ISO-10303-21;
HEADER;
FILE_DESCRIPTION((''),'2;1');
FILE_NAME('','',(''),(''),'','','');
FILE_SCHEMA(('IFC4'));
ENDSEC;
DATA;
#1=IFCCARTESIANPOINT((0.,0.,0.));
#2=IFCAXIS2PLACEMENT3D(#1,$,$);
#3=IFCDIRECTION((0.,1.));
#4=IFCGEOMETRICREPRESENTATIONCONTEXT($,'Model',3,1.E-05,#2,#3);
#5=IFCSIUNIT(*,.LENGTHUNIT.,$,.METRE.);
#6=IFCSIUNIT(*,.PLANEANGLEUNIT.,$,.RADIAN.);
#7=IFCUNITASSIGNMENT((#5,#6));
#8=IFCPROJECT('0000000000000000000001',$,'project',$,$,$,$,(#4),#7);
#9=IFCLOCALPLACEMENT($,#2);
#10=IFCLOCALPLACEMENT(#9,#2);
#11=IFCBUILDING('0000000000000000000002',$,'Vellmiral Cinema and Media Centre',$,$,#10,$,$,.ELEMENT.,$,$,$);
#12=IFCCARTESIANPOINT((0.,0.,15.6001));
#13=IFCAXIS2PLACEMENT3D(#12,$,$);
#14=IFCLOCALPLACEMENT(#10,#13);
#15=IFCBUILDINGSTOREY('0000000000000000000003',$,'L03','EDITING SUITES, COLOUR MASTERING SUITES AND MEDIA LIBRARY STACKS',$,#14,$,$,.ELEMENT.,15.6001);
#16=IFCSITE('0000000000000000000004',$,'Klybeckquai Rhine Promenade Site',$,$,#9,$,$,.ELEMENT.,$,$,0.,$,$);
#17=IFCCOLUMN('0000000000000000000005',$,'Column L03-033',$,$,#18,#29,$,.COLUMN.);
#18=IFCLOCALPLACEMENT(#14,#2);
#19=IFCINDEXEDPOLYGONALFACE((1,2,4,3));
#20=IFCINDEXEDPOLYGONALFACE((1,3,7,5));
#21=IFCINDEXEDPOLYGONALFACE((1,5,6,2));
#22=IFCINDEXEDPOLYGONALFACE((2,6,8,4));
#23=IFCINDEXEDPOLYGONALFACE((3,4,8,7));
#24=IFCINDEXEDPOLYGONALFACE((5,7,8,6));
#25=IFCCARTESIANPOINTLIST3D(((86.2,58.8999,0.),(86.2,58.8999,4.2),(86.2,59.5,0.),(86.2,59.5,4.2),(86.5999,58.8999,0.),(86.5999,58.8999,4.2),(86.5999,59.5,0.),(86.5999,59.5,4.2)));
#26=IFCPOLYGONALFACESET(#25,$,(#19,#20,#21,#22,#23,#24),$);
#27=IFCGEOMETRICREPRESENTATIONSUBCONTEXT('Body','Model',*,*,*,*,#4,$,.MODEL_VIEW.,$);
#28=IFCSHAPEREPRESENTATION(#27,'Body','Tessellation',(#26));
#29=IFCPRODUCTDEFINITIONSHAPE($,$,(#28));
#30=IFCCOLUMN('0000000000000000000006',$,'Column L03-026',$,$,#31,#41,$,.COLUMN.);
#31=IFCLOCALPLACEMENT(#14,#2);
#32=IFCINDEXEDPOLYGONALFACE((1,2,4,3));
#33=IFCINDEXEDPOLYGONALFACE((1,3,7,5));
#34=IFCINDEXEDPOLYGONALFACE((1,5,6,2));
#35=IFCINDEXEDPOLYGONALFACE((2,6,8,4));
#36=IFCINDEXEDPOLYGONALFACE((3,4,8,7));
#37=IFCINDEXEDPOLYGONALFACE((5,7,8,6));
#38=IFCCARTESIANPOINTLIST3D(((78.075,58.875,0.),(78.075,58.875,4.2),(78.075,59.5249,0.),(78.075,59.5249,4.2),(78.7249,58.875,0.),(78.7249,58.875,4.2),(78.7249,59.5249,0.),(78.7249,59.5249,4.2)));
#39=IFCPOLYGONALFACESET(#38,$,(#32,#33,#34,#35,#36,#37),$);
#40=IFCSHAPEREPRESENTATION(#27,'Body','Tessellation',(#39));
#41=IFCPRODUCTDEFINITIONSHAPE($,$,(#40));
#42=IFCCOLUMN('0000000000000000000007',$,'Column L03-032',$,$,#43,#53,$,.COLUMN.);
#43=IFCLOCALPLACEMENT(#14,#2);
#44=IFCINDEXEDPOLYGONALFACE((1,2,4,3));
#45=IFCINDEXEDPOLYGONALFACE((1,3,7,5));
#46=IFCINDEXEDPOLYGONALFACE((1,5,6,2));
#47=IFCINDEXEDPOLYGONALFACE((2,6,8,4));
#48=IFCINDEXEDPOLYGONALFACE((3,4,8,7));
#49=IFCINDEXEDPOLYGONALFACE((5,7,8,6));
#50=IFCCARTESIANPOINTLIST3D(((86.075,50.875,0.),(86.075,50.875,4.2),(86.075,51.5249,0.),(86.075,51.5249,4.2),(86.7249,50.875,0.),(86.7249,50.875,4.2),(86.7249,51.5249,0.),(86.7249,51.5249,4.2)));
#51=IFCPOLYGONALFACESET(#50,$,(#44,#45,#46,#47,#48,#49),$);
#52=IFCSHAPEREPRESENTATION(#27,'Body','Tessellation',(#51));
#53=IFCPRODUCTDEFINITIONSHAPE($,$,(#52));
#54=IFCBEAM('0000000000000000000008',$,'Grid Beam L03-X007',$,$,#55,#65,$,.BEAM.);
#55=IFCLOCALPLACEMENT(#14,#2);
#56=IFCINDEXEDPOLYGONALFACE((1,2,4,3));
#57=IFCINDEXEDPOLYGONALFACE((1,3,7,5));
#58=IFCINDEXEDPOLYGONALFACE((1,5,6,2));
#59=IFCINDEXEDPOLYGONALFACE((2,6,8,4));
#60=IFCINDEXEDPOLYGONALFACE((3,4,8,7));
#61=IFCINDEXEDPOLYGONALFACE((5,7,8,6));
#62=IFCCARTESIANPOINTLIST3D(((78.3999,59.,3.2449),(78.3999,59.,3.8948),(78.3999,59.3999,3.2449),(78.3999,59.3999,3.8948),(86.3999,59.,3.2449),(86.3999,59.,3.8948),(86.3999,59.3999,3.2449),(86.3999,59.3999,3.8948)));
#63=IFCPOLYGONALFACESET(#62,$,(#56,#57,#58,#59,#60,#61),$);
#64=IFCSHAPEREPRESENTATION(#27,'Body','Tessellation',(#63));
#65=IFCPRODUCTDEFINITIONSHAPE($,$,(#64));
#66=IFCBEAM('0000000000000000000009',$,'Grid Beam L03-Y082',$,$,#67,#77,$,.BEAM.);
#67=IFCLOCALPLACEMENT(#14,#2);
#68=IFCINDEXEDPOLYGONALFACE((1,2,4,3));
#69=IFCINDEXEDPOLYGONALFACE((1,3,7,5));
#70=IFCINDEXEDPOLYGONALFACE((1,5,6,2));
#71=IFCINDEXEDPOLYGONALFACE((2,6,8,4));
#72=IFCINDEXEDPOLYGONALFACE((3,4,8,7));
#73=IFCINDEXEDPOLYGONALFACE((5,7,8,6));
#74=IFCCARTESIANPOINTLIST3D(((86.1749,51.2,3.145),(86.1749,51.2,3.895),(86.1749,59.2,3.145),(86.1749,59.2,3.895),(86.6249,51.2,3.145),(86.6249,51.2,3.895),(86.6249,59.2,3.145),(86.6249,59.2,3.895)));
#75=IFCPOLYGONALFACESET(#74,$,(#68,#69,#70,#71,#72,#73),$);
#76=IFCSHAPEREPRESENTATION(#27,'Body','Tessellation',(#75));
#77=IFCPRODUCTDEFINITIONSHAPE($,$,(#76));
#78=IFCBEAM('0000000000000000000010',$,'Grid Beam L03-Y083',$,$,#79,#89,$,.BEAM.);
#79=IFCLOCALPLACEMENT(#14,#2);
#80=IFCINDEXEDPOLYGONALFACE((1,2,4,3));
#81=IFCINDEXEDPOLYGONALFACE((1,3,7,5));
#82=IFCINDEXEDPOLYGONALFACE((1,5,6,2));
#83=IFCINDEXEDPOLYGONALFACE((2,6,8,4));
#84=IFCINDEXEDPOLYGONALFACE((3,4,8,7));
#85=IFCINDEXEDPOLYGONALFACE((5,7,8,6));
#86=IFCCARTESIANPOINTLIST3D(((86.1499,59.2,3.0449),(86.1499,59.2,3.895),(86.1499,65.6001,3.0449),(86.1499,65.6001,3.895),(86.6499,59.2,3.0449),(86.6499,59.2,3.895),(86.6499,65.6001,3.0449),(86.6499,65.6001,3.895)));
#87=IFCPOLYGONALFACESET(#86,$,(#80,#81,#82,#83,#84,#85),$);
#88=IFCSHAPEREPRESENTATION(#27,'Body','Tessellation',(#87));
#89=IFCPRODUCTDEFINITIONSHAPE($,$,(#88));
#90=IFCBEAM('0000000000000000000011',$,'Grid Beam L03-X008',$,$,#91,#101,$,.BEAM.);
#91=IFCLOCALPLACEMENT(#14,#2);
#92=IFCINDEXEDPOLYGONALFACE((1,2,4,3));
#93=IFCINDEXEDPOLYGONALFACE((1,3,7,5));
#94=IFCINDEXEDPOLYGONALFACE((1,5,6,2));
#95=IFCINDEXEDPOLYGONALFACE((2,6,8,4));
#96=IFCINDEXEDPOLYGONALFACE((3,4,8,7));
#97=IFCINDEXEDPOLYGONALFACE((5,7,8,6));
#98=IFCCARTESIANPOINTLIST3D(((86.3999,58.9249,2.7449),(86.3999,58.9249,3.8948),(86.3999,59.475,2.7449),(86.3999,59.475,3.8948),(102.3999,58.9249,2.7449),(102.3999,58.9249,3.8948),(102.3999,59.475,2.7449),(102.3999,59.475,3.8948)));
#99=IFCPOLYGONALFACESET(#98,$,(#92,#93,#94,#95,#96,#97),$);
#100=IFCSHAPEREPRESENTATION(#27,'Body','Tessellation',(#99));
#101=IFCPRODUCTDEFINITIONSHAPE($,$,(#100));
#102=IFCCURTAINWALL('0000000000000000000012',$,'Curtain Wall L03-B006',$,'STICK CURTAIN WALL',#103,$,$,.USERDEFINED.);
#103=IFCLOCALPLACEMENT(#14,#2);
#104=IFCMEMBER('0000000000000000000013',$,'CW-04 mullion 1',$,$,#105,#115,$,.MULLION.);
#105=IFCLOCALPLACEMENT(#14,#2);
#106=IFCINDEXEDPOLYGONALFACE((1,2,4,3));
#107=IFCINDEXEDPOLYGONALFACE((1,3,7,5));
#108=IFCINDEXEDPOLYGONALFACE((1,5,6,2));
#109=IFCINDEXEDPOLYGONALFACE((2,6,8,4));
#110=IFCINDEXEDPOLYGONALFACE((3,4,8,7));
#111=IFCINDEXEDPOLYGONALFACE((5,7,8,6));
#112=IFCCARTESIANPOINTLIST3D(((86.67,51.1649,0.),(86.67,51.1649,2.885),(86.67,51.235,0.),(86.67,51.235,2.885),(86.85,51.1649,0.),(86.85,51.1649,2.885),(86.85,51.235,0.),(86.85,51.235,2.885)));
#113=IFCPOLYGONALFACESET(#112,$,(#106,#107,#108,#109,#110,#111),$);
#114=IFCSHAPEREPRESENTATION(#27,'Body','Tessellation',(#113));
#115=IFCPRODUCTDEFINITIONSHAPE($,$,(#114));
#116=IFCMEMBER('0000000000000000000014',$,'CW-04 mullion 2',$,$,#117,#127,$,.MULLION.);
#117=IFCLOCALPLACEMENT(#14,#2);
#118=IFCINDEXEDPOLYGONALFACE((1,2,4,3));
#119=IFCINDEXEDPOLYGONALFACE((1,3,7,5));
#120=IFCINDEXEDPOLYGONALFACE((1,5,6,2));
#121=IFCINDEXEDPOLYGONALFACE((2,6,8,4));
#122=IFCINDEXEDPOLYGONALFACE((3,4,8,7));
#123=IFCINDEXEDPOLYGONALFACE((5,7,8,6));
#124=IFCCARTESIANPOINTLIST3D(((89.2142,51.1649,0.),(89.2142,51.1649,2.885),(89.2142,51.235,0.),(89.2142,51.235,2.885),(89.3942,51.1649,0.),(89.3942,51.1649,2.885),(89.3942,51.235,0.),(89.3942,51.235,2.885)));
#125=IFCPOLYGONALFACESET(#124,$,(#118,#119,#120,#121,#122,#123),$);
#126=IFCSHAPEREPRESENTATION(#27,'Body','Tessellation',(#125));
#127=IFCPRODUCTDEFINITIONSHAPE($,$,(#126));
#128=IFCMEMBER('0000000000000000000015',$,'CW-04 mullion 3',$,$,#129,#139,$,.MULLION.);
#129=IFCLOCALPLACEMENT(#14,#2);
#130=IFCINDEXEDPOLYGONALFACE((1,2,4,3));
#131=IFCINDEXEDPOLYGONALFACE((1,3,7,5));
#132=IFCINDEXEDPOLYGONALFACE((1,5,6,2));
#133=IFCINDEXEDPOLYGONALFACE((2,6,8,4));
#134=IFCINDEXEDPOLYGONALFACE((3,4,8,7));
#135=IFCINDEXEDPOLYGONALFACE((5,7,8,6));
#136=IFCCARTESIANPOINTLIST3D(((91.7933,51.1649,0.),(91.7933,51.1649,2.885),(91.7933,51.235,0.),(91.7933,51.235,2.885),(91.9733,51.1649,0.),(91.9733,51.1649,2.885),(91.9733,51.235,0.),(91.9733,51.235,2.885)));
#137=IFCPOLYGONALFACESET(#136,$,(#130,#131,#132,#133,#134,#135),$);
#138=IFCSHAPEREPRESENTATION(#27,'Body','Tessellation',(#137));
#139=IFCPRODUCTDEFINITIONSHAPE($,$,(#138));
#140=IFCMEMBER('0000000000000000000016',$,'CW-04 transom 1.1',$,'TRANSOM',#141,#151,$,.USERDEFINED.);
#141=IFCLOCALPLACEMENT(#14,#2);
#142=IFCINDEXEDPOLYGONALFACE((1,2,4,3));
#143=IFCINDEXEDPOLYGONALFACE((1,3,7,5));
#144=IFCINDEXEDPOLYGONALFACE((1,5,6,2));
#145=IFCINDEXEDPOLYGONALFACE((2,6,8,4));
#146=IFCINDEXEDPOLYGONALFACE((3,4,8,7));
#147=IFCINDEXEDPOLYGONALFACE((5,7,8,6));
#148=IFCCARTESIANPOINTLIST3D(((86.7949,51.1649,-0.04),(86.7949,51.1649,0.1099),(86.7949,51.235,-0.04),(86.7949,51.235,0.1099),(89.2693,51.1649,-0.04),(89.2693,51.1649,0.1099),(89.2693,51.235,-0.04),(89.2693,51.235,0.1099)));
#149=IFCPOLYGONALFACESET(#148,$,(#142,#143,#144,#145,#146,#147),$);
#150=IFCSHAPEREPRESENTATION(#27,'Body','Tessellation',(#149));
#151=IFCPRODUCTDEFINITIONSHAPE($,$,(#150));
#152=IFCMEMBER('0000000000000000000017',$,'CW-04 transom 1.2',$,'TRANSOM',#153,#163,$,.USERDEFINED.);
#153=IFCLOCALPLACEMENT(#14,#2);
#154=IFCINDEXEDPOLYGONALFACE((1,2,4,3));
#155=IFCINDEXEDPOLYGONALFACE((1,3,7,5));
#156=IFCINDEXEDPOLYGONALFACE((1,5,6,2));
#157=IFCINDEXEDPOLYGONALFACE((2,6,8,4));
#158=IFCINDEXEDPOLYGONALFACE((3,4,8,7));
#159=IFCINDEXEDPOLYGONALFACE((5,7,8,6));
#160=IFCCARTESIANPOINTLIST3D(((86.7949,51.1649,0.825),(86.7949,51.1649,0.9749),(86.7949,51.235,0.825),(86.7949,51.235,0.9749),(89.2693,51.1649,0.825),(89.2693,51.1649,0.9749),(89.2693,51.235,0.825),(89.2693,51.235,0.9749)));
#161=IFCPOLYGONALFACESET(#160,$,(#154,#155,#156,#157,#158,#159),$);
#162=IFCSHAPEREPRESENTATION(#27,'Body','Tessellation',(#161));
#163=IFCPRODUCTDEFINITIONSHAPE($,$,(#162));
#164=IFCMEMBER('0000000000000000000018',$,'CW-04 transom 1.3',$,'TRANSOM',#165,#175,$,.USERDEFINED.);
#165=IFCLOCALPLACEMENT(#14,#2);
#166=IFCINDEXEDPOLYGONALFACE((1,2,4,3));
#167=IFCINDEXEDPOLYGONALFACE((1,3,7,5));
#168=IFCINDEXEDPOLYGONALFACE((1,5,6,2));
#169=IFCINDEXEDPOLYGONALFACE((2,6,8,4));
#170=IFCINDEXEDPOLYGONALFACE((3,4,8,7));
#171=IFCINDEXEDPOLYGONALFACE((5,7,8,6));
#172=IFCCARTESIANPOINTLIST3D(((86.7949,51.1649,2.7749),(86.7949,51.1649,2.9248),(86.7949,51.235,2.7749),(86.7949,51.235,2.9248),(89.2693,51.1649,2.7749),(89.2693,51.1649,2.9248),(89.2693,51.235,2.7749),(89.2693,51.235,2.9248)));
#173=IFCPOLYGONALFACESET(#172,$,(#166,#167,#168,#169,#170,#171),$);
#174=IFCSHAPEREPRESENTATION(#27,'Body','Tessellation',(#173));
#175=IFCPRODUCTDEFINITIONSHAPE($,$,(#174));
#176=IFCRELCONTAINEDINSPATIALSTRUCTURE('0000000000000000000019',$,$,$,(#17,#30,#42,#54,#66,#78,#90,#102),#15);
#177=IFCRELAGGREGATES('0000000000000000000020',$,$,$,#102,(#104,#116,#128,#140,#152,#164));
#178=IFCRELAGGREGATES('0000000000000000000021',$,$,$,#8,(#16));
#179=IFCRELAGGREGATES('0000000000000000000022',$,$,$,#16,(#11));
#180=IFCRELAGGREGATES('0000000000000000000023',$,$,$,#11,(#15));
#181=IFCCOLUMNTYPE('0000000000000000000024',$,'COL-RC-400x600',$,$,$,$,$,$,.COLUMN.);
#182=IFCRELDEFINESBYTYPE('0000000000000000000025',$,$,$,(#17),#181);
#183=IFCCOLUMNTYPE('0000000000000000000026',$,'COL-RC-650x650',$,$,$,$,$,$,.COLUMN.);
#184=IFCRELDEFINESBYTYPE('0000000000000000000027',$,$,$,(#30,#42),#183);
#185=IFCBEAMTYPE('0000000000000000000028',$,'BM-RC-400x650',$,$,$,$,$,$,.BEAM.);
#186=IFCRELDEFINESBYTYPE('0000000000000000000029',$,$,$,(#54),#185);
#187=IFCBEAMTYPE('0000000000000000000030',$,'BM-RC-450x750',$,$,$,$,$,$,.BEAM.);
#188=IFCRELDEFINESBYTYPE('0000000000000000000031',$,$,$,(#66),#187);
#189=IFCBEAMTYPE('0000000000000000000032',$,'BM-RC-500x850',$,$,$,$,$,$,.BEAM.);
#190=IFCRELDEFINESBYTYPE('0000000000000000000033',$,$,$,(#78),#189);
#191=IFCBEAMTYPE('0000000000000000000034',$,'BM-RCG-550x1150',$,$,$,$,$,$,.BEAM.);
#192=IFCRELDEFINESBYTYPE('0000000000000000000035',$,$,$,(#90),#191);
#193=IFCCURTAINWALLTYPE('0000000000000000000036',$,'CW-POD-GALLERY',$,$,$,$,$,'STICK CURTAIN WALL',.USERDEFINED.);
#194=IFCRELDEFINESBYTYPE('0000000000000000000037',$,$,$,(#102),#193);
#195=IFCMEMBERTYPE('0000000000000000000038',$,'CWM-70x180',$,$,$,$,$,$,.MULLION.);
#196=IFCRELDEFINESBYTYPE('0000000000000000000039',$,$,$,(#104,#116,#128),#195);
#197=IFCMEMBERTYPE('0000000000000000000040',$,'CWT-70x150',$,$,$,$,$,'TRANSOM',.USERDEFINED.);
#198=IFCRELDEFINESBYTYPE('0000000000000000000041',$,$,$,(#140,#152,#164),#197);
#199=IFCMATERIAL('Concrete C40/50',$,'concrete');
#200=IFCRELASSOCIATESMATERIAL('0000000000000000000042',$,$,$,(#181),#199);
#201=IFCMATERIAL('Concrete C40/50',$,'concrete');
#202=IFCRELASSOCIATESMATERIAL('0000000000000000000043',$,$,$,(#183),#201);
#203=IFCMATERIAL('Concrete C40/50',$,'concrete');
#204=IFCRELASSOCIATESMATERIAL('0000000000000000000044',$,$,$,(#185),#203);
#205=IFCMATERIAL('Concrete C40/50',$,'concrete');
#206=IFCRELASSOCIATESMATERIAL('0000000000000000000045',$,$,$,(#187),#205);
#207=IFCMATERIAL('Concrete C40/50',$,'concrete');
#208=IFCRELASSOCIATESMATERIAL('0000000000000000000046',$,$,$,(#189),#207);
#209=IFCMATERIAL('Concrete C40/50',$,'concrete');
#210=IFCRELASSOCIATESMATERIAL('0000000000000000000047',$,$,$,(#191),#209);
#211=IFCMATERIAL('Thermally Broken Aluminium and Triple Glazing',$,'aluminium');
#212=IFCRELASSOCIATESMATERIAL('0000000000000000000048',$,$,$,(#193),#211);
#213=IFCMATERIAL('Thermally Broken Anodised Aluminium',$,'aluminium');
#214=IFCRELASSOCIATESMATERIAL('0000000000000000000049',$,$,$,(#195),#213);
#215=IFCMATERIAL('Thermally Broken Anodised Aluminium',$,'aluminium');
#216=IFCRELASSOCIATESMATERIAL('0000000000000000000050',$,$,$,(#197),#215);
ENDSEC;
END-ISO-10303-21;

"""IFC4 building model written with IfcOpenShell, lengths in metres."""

from ifc_helpers import new_model, si_unit, direction, frame, origin, origin_2d, place, context, subcontext, project, spatial, rectangle, extrude, material, material_profile, profile_set, type_object, element, aggregate, save


model = new_model("IFC4")

# Units and contexts
model_context = context("Model", 3, precision=1e-05, world=origin(), true_north=direction((0.0, 1.0)))
body_context = subcontext(model_context, "Body", "Model", "MODEL_VIEW")
ifc_project = project(units=[si_unit("LENGTHUNIT", "METRE"), si_unit("PLANEANGLEUNIT", "RADIAN")], contexts=[model_context])

# Site, building, storey
site_placement = place(None, origin())
site = spatial("IfcSite", under=ifc_project, at=site_placement, Name="Klybeckquai Rhine Promenade Site", CompositionType="ELEMENT", RefElevation=0.0)
building_placement = place(site_placement, origin())
building = spatial("IfcBuilding", under=site, at=building_placement, Name="Vellmiral Cinema and Media Centre", CompositionType="ELEMENT")
storey_placement = place(building_placement, frame((0.0, 0.0, 15.6001)))
storey = spatial("IfcBuildingStorey", under=building, at=storey_placement, Name="L03", Description="EDITING SUITES, COLOUR MASTERING SUITES AND MEDIA LIBRARY STACKS", CompositionType="ELEMENT", Elevation=15.6001)

# Columns
ifc_material_1 = material(Name="Concrete C40/50", Category="concrete")
ifc_material_profile_1 = material_profile(ifc_material_1, rectangle(XDim=0.3999, YDim=0.6001, at=origin_2d()), Name="RC 400x600")
ifc_profile_set_1 = profile_set([ifc_material_profile_1], Name="Concrete C40/50")
column_type_1 = type_object("IfcColumnType", Name="COL-RC-400x600", PredefinedType="COLUMN", material=ifc_profile_set_1)
column_placement = place(storey_placement, frame((86.3999, 59.2, 0.0), z_axis=(0.0, 0.0, 1.0), x_axis=(1.0, 0.0, 0.0)))
element("IfcColumn", 1, at=column_placement, inside=storey, type_object=column_type_1, Name="Column L03-033", PredefinedType="COLUMN", context=body_context, shape_type="SweptSolid", body=[
    extrude(rectangle(XDim=0.3999, YDim=0.6001, at=origin_2d()), origin(), (0.0, 0.0, 1.0), 4.2),
])
ifc_material_2 = material(Name="Concrete C40/50", Category="concrete")
ifc_material_profile_2 = material_profile(ifc_material_2, rectangle(XDim=0.6499, YDim=0.6499, at=origin_2d()), Name="RC 650x650")
ifc_profile_set_2 = profile_set([ifc_material_profile_2], Name="Concrete C40/50")
column_type_2 = type_object("IfcColumnType", Name="COL-RC-650x650", PredefinedType="COLUMN", material=ifc_profile_set_2)
for number, where, z_axis, x_axis, name in (
    (2, (78.3999, 59.2, 0.0), (0.0, 0.0, 1.0), (1.0, 0.0, 0.0), "Column L03-026"),
    (3, (86.3999, 51.2, 0.0), (0.0, 0.0, 1.0), (1.0, 0.0, 0.0), "Column L03-032"),
):
    element("IfcColumn", number, at=place(storey_placement, frame(where, z_axis=z_axis, x_axis=x_axis)), inside=storey, type_object=column_type_2, Name=name, PredefinedType="COLUMN", context=body_context, shape_type="SweptSolid", body=[
        extrude(rectangle(XDim=0.6499, YDim=0.6499, at=origin_2d()), origin(), (0.0, 0.0, 1.0), 4.2),
    ])

# Beams
ifc_material_3 = material(Name="Concrete C40/50", Category="concrete")
ifc_material_profile_3 = material_profile(ifc_material_3, rectangle(XDim=0.3999, YDim=0.6499, at=origin_2d()), Name="RC 400x650")
ifc_profile_set_3 = profile_set([ifc_material_profile_3], Name="Concrete C40/50")
beam_type_1 = type_object("IfcBeamType", Name="BM-RC-400x650", PredefinedType="BEAM", material=ifc_profile_set_3)
beam_1_placement = place(storey_placement, frame((78.3999, 59.2, 3.5698), z_axis=(1.0, 0.0, 0.0), x_axis=(0.0, 1.0, 0.0)))
element("IfcBeam", 4, at=beam_1_placement, inside=storey, type_object=beam_type_1, Name="Grid Beam L03-X007", PredefinedType="BEAM", context=body_context, shape_type="SweptSolid", body=[
    extrude(rectangle(XDim=0.3999, YDim=0.6499, at=origin_2d()), origin(), (0.0, 0.0, 1.0), 8.0),
])
ifc_material_4 = material(Name="Concrete C40/50", Category="concrete")
ifc_material_profile_4 = material_profile(ifc_material_4, rectangle(XDim=0.45, YDim=0.75, at=origin_2d()), Name="RC 450x750")
ifc_profile_set_4 = profile_set([ifc_material_profile_4], Name="Concrete C40/50")
beam_type_2 = type_object("IfcBeamType", Name="BM-RC-450x750", PredefinedType="BEAM", material=ifc_profile_set_4)
beam_2_placement = place(storey_placement, frame((86.3999, 51.2, 3.52), z_axis=(0.0, 1.0, 0.0), x_axis=(-1.0, 0.0, 0.0)))
element("IfcBeam", 5, at=beam_2_placement, inside=storey, type_object=beam_type_2, Name="Grid Beam L03-Y082", PredefinedType="BEAM", context=body_context, shape_type="SweptSolid", body=[
    extrude(rectangle(XDim=0.45, YDim=0.75, at=origin_2d()), origin(), (0.0, 0.0, 1.0), 8.0),
])
ifc_material_5 = material(Name="Concrete C40/50", Category="concrete")
ifc_material_profile_5 = material_profile(ifc_material_5, rectangle(XDim=0.5, YDim=0.8501, at=origin_2d()), Name="RC 500x850")
ifc_profile_set_5 = profile_set([ifc_material_profile_5], Name="Concrete C40/50")
beam_type_3 = type_object("IfcBeamType", Name="BM-RC-500x850", PredefinedType="BEAM", material=ifc_profile_set_5)
beam_3_placement = place(storey_placement, frame((86.3999, 59.2, 3.47), z_axis=(0.0, 1.0, 0.0), x_axis=(-1.0, 0.0, 0.0)))
element("IfcBeam", 6, at=beam_3_placement, inside=storey, type_object=beam_type_3, Name="Grid Beam L03-Y083", PredefinedType="BEAM", context=body_context, shape_type="SweptSolid", body=[
    extrude(rectangle(XDim=0.5, YDim=0.8501, at=origin_2d()), origin(), (0.0, 0.0, 1.0), 6.4001),
])
ifc_material_6 = material(Name="Concrete C40/50", Category="concrete")
ifc_material_profile_6 = material_profile(ifc_material_6, rectangle(XDim=0.55, YDim=1.1499, at=origin_2d()), Name="RC 550x1150")
ifc_profile_set_6 = profile_set([ifc_material_profile_6], Name="Concrete C40/50")
beam_type_4 = type_object("IfcBeamType", Name="BM-RCG-550x1150", PredefinedType="BEAM", material=ifc_profile_set_6)
beam_4_placement = place(storey_placement, frame((86.3999, 59.2, 3.3198), z_axis=(1.0, 0.0, 0.0), x_axis=(0.0, 1.0, 0.0)))
element("IfcBeam", 7, at=beam_4_placement, inside=storey, type_object=beam_type_4, Name="Grid Beam L03-X008", PredefinedType="BEAM", context=body_context, shape_type="SweptSolid", body=[
    extrude(rectangle(XDim=0.55, YDim=1.1499, at=origin_2d()), origin(), (0.0, 0.0, 1.0), 16.0),
])

# Curtain wall, members
ifc_material_7 = material(Name="Thermally Broken Aluminium and Triple Glazing", Category="aluminium")
curtain_wall_type = type_object("IfcCurtainWallType", Name="CW-POD-GALLERY", ElementType="STICK CURTAIN WALL", PredefinedType="USERDEFINED", material=ifc_material_7)
curtain_wall_placement = place(storey_placement, origin())
curtain_wall = element("IfcCurtainWall", 8, at=curtain_wall_placement, inside=storey, type_object=curtain_wall_type, Name="Curtain Wall L03-B006", ObjectType="STICK CURTAIN WALL", PredefinedType="USERDEFINED")
ifc_material_8 = material(Name="Thermally Broken Anodised Aluminium", Category="aluminium")
ifc_material_profile_7 = material_profile(ifc_material_8, rectangle(XDim=0.0701, YDim=0.1799, at=origin_2d()), Name="MULL 70x180")
ifc_profile_set_7 = profile_set([ifc_material_profile_7], Name="Thermally Broken Anodised Aluminium")
member_type_1 = type_object("IfcMemberType", Name="CWM-70x180", PredefinedType="MULLION", material=ifc_profile_set_7)
member_1_placement = place(storey_placement, frame((86.76, 51.2, 0.0), z_axis=(0.0, 0.0, 1.0), x_axis=(0.0, 1.0, 0.0)))
member_1 = element("IfcMember", 9, at=member_1_placement, type_object=member_type_1, Name="CW-04 mullion 1", PredefinedType="MULLION", context=body_context, shape_type="SweptSolid", body=[
    extrude(rectangle(XDim=0.0701, YDim=0.1799, at=origin_2d()), origin(), (0.0, 0.0, 1.0), 2.885),
])
member_2_placement = place(storey_placement, frame((89.3042, 51.2, 0.0), z_axis=(0.0, 0.0, 1.0), x_axis=(0.0, 1.0, 0.0)))
member_2 = element("IfcMember", 10, at=member_2_placement, type_object=member_type_1, Name="CW-04 mullion 2", PredefinedType="MULLION", context=body_context, shape_type="SweptSolid", body=[
    extrude(rectangle(XDim=0.0701, YDim=0.1799, at=origin_2d()), origin(), (0.0, 0.0, 1.0), 2.885),
])
member_3_placement = place(storey_placement, frame((91.8833, 51.2, 0.0), z_axis=(0.0, 0.0, 1.0), x_axis=(0.0, 1.0, 0.0)))
member_3 = element("IfcMember", 11, at=member_3_placement, type_object=member_type_1, Name="CW-04 mullion 3", PredefinedType="MULLION", context=body_context, shape_type="SweptSolid", body=[
    extrude(rectangle(XDim=0.0701, YDim=0.1799, at=origin_2d()), origin(), (0.0, 0.0, 1.0), 2.885),
])
ifc_material_9 = material(Name="Thermally Broken Anodised Aluminium", Category="aluminium")
ifc_material_profile_8 = material_profile(ifc_material_9, rectangle(XDim=0.0701, YDim=0.1499, at=origin_2d()), Name="MULL 70x150")
ifc_profile_set_8 = profile_set([ifc_material_profile_8], Name="Thermally Broken Anodised Aluminium")
member_type_2 = type_object("IfcMemberType", Name="CWT-70x150", ElementType="TRANSOM", PredefinedType="USERDEFINED", material=ifc_profile_set_8)
member_4_placement = place(storey_placement, frame((86.7949, 51.2, 0.0349), z_axis=(1.0, 0.0, 0.0), x_axis=(0.0, 1.0, 0.0)))
member_4 = element("IfcMember", 12, at=member_4_placement, type_object=member_type_2, Name="CW-04 transom 1.1", ObjectType="TRANSOM", PredefinedType="USERDEFINED", context=body_context, shape_type="SweptSolid", body=[
    extrude(rectangle(XDim=0.0701, YDim=0.1499, at=origin_2d()), origin(), (0.0, 0.0, 1.0), 2.4744),
])
member_5_placement = place(storey_placement, frame((86.7949, 51.2, 0.8999), z_axis=(1.0, 0.0, 0.0), x_axis=(0.0, 1.0, 0.0)))
member_5 = element("IfcMember", 13, at=member_5_placement, type_object=member_type_2, Name="CW-04 transom 1.2", ObjectType="TRANSOM", PredefinedType="USERDEFINED", context=body_context, shape_type="SweptSolid", body=[
    extrude(rectangle(XDim=0.0701, YDim=0.1499, at=origin_2d()), origin(), (0.0, 0.0, 1.0), 2.4744),
])
member_6_placement = place(storey_placement, frame((86.7949, 51.2, 2.8499), z_axis=(1.0, 0.0, 0.0), x_axis=(0.0, 1.0, 0.0)))
member_6 = element("IfcMember", 14, at=member_6_placement, type_object=member_type_2, Name="CW-04 transom 1.3", ObjectType="TRANSOM", PredefinedType="USERDEFINED", context=body_context, shape_type="SweptSolid", body=[
    extrude(rectangle(XDim=0.0701, YDim=0.1499, at=origin_2d()), origin(), (0.0, 0.0, 1.0), 2.4744),
])

aggregate(curtain_wall, [member_1, member_2, member_3, member_4, member_5, member_6])

save(model, "model.ifc")
